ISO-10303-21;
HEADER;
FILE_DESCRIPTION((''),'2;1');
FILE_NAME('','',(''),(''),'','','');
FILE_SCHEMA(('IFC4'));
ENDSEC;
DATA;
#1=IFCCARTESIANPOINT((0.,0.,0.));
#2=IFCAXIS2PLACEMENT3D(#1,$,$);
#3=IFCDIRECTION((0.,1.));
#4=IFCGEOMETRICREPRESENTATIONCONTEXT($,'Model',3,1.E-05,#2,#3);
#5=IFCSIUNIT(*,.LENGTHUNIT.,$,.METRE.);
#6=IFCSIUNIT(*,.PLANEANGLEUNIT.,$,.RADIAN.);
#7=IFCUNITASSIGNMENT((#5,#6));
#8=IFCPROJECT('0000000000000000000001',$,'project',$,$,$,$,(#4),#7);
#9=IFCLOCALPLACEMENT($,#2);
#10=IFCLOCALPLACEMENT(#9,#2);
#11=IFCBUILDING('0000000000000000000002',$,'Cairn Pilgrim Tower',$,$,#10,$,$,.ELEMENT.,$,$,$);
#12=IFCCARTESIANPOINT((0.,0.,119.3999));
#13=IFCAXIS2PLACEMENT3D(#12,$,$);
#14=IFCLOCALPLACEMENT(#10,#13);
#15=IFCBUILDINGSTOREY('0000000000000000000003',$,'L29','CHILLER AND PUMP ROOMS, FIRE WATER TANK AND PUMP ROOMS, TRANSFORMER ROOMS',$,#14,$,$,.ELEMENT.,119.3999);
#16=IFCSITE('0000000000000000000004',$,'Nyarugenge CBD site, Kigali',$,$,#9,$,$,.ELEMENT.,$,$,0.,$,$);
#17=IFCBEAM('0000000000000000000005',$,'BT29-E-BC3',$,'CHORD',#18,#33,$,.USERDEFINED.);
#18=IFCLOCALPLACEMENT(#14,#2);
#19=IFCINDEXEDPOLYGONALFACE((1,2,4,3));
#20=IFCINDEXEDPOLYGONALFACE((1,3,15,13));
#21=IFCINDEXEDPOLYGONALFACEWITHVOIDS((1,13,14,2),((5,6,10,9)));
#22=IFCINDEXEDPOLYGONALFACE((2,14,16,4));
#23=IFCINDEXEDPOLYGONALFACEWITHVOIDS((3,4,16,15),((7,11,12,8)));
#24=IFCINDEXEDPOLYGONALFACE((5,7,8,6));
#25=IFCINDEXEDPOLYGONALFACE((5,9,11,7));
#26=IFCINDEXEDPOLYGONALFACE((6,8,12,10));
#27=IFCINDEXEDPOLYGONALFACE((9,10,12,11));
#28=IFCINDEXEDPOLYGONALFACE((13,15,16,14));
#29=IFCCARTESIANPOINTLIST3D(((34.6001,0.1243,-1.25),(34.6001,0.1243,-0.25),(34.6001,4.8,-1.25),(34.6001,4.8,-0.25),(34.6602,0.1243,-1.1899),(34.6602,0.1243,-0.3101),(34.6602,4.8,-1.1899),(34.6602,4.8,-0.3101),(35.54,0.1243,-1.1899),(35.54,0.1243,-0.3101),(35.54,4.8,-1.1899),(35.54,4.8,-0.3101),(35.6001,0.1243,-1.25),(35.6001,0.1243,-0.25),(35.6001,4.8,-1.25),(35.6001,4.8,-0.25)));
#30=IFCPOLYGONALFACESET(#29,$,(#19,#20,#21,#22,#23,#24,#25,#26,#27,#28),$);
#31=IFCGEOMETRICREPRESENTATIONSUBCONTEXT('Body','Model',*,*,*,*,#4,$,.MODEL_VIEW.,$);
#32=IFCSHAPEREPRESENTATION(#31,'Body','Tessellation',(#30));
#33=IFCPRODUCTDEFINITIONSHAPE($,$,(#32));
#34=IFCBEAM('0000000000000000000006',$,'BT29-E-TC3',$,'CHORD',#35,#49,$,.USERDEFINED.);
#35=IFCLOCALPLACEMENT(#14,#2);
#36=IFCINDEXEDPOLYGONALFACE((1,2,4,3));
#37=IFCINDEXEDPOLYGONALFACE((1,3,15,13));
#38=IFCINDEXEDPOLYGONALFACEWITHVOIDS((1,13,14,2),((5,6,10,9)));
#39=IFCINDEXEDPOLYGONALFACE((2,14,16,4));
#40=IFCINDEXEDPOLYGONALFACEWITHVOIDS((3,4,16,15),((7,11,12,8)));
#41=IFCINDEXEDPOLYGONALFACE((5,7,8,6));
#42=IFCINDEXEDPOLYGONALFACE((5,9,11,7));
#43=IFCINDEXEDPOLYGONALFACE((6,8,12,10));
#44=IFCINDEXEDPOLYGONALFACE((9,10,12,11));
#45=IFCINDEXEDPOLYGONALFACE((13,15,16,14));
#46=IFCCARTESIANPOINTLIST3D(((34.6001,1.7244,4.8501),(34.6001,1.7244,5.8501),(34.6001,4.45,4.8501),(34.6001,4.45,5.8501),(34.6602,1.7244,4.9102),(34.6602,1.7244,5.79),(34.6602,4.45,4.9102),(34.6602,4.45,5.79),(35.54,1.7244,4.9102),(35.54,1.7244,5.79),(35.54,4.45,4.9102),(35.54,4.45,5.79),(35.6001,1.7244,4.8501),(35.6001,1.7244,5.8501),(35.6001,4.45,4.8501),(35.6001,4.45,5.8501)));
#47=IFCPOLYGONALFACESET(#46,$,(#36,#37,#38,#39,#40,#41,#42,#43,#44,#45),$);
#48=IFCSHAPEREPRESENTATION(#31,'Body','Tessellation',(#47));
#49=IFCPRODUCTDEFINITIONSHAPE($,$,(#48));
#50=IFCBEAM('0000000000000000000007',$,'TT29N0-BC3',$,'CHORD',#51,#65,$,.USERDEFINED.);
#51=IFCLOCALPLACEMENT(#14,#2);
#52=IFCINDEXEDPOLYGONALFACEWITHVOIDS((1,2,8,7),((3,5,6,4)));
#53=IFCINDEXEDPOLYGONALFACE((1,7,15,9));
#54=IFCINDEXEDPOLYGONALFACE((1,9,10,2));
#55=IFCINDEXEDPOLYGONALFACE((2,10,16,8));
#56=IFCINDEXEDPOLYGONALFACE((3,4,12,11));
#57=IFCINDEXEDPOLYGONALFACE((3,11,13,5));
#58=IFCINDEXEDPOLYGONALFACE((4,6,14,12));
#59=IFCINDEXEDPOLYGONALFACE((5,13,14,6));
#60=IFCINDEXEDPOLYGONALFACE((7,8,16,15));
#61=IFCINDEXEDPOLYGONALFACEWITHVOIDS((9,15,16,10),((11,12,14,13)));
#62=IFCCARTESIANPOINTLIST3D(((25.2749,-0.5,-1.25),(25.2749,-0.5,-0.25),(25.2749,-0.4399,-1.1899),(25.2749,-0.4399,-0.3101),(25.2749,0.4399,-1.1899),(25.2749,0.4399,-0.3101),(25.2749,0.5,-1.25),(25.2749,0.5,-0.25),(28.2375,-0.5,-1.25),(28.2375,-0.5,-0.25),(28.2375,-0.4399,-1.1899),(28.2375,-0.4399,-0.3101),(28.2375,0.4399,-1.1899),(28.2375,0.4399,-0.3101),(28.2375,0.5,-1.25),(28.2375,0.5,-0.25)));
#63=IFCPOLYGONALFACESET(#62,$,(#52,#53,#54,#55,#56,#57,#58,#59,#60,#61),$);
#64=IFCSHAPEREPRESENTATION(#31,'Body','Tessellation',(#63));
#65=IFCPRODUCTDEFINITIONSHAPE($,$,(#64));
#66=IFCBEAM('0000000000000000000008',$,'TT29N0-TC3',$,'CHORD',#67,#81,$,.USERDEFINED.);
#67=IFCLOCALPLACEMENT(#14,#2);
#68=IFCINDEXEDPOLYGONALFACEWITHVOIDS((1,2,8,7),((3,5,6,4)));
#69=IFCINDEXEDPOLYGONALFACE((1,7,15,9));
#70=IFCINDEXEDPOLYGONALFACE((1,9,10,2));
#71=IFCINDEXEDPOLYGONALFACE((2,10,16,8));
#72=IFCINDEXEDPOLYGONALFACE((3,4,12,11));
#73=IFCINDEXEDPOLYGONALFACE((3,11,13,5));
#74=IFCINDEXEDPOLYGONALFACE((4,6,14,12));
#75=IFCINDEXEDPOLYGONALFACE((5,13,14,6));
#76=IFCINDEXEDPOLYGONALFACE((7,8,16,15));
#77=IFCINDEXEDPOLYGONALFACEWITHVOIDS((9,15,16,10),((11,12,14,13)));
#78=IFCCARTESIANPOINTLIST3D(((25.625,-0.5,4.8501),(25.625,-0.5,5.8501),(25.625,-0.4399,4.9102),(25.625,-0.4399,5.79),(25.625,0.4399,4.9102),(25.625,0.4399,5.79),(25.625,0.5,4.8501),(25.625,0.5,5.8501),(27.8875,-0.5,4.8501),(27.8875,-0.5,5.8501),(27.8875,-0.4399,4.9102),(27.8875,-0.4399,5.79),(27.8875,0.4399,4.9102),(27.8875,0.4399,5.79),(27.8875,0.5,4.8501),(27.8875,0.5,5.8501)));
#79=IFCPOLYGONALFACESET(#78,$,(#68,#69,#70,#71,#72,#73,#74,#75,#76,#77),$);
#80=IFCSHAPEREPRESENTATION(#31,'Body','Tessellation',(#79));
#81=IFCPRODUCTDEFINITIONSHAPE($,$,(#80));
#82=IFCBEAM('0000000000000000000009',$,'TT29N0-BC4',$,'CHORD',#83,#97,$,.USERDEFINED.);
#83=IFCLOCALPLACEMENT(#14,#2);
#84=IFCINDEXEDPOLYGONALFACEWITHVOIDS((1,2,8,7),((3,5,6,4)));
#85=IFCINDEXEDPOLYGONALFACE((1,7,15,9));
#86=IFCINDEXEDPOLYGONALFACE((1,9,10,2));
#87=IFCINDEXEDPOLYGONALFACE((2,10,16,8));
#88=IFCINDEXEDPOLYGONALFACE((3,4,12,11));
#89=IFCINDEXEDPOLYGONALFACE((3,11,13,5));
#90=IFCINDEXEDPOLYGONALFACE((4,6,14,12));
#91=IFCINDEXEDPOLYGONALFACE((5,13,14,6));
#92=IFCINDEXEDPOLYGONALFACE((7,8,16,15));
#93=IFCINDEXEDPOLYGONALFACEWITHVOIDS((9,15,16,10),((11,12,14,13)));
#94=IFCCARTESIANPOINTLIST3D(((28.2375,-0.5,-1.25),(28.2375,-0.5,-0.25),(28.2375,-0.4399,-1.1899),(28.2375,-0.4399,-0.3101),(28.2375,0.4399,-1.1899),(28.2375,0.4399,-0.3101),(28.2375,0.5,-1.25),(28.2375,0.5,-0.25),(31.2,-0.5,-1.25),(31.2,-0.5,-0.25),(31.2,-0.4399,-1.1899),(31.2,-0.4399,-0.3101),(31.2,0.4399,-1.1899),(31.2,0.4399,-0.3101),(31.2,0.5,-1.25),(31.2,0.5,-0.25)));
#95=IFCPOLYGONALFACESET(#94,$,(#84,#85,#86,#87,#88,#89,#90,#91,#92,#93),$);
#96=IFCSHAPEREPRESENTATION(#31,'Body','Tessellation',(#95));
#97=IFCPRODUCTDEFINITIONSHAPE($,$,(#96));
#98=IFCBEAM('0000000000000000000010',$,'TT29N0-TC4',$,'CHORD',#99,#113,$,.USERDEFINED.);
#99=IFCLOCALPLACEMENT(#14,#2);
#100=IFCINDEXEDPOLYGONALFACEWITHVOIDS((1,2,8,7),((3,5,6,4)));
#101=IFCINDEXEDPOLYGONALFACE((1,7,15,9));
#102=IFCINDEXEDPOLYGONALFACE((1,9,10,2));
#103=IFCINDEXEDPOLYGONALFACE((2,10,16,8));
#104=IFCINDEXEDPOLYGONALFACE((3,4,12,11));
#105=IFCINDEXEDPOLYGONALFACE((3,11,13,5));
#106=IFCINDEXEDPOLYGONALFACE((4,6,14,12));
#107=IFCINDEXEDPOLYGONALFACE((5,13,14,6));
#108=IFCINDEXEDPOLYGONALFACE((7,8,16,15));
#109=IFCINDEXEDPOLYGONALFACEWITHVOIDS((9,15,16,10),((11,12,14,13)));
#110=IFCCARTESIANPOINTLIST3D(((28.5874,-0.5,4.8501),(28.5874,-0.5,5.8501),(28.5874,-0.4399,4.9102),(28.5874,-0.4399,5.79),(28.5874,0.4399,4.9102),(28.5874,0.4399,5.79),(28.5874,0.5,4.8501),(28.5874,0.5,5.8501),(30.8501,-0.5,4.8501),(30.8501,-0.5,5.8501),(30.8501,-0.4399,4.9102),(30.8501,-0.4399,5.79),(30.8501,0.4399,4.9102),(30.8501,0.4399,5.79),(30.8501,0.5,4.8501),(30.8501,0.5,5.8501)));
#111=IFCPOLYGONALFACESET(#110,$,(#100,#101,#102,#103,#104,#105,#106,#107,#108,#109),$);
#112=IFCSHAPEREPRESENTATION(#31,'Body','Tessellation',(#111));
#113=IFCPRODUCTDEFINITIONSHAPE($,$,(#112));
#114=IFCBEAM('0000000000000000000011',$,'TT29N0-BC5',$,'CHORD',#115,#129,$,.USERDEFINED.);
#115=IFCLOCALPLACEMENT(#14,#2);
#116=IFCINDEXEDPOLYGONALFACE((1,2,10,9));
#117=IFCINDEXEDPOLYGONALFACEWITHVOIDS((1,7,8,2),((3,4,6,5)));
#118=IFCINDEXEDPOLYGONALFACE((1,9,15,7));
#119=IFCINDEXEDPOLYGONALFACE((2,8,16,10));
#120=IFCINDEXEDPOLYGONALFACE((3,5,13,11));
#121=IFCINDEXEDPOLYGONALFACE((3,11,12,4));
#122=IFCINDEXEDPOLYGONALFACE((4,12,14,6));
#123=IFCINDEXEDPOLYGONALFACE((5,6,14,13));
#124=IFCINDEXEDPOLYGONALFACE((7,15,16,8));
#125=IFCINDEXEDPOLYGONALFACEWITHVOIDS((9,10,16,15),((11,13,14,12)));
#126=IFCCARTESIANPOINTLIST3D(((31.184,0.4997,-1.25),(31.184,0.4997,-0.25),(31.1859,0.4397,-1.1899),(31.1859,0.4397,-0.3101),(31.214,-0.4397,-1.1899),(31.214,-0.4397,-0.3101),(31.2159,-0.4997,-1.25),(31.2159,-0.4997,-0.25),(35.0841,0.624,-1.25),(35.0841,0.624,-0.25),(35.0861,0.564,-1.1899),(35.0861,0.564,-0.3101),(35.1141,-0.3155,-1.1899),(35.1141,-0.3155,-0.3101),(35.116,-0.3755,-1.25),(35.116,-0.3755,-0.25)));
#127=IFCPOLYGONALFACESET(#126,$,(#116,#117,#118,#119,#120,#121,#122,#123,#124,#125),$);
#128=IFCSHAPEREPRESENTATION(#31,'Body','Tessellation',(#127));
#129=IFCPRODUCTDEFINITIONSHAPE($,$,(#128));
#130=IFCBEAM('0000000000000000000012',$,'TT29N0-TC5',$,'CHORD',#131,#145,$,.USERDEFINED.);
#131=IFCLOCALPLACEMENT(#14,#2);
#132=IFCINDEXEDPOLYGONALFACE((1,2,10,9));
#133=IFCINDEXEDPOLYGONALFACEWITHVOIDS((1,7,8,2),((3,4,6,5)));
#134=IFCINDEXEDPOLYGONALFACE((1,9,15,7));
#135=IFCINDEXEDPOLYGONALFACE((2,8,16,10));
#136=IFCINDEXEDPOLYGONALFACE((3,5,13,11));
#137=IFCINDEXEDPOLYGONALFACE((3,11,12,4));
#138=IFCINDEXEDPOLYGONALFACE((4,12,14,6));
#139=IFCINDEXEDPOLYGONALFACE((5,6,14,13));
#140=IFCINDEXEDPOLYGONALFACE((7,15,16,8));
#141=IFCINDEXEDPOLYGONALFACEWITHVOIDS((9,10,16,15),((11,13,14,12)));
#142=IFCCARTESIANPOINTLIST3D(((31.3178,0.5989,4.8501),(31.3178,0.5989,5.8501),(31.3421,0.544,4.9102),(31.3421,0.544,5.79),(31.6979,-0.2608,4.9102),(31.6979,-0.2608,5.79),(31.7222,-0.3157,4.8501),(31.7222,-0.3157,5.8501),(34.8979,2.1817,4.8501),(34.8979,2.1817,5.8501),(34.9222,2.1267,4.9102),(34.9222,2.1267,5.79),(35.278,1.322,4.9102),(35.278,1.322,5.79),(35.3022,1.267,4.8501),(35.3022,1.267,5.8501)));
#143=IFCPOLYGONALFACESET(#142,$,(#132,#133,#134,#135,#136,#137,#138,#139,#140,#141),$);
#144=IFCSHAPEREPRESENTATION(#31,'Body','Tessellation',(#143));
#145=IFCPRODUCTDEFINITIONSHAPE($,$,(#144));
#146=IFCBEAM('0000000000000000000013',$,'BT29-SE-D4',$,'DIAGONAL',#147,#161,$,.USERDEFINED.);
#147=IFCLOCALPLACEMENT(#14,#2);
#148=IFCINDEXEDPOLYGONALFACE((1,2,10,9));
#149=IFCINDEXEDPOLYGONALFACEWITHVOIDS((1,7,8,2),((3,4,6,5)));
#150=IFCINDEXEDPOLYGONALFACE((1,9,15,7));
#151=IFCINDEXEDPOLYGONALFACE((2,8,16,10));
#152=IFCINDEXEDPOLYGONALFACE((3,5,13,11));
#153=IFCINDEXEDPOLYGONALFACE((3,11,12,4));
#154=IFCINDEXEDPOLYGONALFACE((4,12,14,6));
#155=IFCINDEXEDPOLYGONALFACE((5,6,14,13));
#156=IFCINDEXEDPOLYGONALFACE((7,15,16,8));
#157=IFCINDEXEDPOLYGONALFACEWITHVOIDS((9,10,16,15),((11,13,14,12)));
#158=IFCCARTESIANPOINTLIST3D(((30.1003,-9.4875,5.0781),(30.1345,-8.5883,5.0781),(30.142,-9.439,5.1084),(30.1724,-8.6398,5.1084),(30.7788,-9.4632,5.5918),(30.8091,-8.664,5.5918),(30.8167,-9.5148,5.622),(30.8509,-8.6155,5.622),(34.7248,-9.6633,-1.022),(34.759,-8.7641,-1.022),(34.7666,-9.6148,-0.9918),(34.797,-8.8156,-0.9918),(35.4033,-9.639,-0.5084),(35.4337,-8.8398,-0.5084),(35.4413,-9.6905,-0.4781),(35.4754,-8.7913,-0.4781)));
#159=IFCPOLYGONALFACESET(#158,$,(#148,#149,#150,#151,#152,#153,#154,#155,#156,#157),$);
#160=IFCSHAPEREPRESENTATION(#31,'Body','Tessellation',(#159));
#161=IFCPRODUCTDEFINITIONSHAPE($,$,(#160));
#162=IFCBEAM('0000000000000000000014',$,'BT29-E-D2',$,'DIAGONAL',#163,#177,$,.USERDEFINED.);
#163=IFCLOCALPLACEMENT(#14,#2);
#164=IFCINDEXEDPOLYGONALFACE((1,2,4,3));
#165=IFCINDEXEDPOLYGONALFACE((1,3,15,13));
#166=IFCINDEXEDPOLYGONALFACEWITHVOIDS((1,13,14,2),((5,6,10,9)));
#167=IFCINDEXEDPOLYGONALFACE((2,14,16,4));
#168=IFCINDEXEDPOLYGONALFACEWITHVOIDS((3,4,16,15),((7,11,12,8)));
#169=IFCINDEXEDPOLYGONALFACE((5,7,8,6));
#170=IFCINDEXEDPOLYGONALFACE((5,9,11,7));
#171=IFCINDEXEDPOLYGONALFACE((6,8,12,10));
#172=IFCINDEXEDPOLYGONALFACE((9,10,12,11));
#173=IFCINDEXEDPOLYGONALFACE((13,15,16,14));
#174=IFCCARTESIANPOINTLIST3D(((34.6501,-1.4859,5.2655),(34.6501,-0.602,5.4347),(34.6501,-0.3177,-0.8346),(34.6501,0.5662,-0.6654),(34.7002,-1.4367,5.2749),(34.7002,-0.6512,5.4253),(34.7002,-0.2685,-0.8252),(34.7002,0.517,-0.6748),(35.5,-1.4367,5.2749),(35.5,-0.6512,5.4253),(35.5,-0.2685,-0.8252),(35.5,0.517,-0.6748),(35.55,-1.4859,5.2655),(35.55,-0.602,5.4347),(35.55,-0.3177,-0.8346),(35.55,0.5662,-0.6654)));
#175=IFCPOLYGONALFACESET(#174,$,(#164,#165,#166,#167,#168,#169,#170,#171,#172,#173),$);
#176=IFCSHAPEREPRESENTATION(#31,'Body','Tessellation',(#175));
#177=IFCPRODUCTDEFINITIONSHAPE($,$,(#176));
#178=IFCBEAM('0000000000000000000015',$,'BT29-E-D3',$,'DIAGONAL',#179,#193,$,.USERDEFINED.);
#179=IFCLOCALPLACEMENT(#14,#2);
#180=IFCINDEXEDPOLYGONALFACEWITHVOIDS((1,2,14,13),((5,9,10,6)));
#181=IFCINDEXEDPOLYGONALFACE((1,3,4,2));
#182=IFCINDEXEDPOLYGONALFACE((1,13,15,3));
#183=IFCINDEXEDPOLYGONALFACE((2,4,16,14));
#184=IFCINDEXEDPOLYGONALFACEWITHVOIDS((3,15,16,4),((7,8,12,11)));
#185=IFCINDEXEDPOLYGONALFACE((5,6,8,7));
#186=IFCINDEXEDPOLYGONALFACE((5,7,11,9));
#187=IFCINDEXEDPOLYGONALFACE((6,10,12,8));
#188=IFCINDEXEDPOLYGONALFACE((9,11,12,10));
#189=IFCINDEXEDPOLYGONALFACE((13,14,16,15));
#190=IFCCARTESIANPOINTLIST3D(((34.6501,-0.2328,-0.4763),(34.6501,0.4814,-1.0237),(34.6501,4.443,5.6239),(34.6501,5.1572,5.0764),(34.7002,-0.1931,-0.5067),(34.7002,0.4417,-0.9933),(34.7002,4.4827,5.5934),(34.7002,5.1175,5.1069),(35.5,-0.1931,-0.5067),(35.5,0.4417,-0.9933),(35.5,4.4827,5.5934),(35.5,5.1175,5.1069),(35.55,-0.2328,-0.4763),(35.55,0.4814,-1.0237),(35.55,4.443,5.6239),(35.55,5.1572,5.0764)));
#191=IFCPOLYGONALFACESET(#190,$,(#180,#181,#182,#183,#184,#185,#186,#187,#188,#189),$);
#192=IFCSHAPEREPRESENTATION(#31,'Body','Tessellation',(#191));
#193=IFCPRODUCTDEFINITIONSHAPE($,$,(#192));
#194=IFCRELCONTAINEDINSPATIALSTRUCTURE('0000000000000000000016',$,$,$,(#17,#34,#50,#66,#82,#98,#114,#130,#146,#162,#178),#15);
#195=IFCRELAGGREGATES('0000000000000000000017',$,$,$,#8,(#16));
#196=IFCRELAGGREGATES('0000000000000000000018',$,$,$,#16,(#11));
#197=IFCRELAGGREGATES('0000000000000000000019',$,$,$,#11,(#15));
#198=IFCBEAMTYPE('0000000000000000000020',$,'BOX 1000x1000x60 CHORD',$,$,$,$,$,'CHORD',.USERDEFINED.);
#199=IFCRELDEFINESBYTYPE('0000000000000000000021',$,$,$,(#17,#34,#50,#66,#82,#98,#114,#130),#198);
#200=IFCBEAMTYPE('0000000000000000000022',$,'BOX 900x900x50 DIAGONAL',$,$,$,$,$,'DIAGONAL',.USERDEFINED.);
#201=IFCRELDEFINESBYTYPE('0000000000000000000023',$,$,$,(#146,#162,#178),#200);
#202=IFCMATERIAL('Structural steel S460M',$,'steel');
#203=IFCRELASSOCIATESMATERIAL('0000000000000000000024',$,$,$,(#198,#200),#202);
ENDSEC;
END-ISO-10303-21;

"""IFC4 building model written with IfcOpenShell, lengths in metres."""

from ifc_helpers import new_model, si_unit, direction, frame, origin, origin_2d, place, context, subcontext, project, spatial, hollow_rectangle, extrude, material, material_profile, profile_set, type_object, element, save


model = new_model("IFC4")

# Units and contexts
model_context = context("Model", 3, precision=1e-05, world=origin(), true_north=direction((0.0, 1.0)))
body_context = subcontext(model_context, "Body", "Model", "MODEL_VIEW")
ifc_project = project(units=[si_unit("LENGTHUNIT", "METRE"), si_unit("PLANEANGLEUNIT", "RADIAN")], contexts=[model_context])

# Site, building, storey
site_placement = place(None, origin())
site = spatial("IfcSite", under=ifc_project, at=site_placement, Name="Nyarugenge CBD site, Kigali", CompositionType="ELEMENT", RefElevation=0.0)
building_placement = place(site_placement, origin())
building = spatial("IfcBuilding", under=site, at=building_placement, Name="Cairn Pilgrim Tower", CompositionType="ELEMENT")
storey_placement = place(building_placement, frame((0.0, 0.0, 119.3999)))
storey = spatial("IfcBuildingStorey", under=building, at=storey_placement, Name="L29", Description="CHILLER AND PUMP ROOMS, FIRE WATER TANK AND PUMP ROOMS, TRANSFORMER ROOMS", CompositionType="ELEMENT", Elevation=119.3999)

# Shared definitions
ifc_material_1 = material(Name="Structural steel S460M", Category="steel")

# Beams
ifc_material_profile_1 = material_profile(ifc_material_1, hollow_rectangle(XDim=1.0, YDim=1.0, WallThickness=0.0601, at=origin_2d()), Name="BOX 1000x1000x60")
ifc_profile_set_1 = profile_set([ifc_material_profile_1], Name="Structural steel S460M")
beam_type_1 = type_object("IfcBeamType", Name="BOX 1000x1000x60 CHORD", ElementType="CHORD", PredefinedType="USERDEFINED", material=ifc_profile_set_1)
beam_1_placement = place(storey_placement, frame((35.1001, 0.1243, -0.75), z_axis=(0.0, 1.0, 0.0), x_axis=(-1.0, 0.0, 0.0)))
element("IfcBeam", 1, at=beam_1_placement, inside=storey, type_object=beam_type_1, Name="BT29-E-BC3", ObjectType="CHORD", PredefinedType="USERDEFINED", context=body_context, shape_type="SweptSolid", body=[
    extrude(hollow_rectangle(XDim=1.0, YDim=1.0, WallThickness=0.0601, at=origin_2d()), origin(), (0.0, 0.0, 1.0), 4.6758),
])
beam_2_placement = place(storey_placement, frame((35.1001, 1.7244, 5.3501), z_axis=(0.0, 1.0, 0.0), x_axis=(-1.0, 0.0, 0.0)))
element("IfcBeam", 2, at=beam_2_placement, inside=storey, type_object=beam_type_1, Name="BT29-E-TC3", ObjectType="CHORD", PredefinedType="USERDEFINED", context=body_context, shape_type="SweptSolid", body=[
    extrude(hollow_rectangle(XDim=1.0, YDim=1.0, WallThickness=0.0601, at=origin_2d()), origin(), (0.0, 0.0, 1.0), 2.7256),
])
beam_3_placement = place(storey_placement, frame((25.2749, 0.0, -0.75), z_axis=(1.0, 0.0, 0.0), x_axis=(0.0, 1.0, 0.0)))
element("IfcBeam", 3, at=beam_3_placement, inside=storey, type_object=beam_type_1, Name="TT29N0-BC3", ObjectType="CHORD", PredefinedType="USERDEFINED", context=body_context, shape_type="SweptSolid", body=[
    extrude(hollow_rectangle(XDim=1.0, YDim=1.0, WallThickness=0.0601, at=origin_2d()), origin(), (0.0, 0.0, 1.0), 2.9626),
])
beam_4_placement = place(storey_placement, frame((25.625, 0.0, 5.3501), z_axis=(1.0, 0.0, 0.0), x_axis=(0.0, 1.0, 0.0)))
element("IfcBeam", 4, at=beam_4_placement, inside=storey, type_object=beam_type_1, Name="TT29N0-TC3", ObjectType="CHORD", PredefinedType="USERDEFINED", context=body_context, shape_type="SweptSolid", body=[
    extrude(hollow_rectangle(XDim=1.0, YDim=1.0, WallThickness=0.0601, at=origin_2d()), origin(), (0.0, 0.0, 1.0), 2.2625),
])
beam_5_placement = place(storey_placement, frame((28.2375, 0.0, -0.75), z_axis=(1.0, 0.0, 0.0), x_axis=(0.0, 1.0, 0.0)))
element("IfcBeam", 5, at=beam_5_placement, inside=storey, type_object=beam_type_1, Name="TT29N0-BC4", ObjectType="CHORD", PredefinedType="USERDEFINED", context=body_context, shape_type="SweptSolid", body=[
    extrude(hollow_rectangle(XDim=1.0, YDim=1.0, WallThickness=0.0601, at=origin_2d()), origin(), (0.0, 0.0, 1.0), 2.9624),
])
beam_6_placement = place(storey_placement, frame((28.5874, 0.0, 5.3501), z_axis=(1.0, 0.0, 0.0), x_axis=(0.0, 1.0, 0.0)))
element("IfcBeam", 6, at=beam_6_placement, inside=storey, type_object=beam_type_1, Name="TT29N0-TC4", ObjectType="CHORD", PredefinedType="USERDEFINED", context=body_context, shape_type="SweptSolid", body=[
    extrude(hollow_rectangle(XDim=1.0, YDim=1.0, WallThickness=0.0601, at=origin_2d()), origin(), (0.0, 0.0, 1.0), 2.2627),
])
beam_7_placement = place(storey_placement, frame((31.2, 0.0, -0.75), z_axis=(0.999493, 0.031846, 0.0), x_axis=(-0.031846, 0.999493, 0.0)))
element("IfcBeam", 7, at=beam_7_placement, inside=storey, type_object=beam_type_1, Name="TT29N0-BC5", ObjectType="CHORD", PredefinedType="USERDEFINED", context=body_context, shape_type="SweptSolid", body=[
    extrude(hollow_rectangle(XDim=1.0, YDim=1.0, WallThickness=0.0601, at=origin_2d()), origin(), (0.0, 0.0, 1.0), 3.9021),
])
beam_8_placement = place(storey_placement, frame((31.52, 0.1416, 5.3501), z_axis=(0.914605, 0.40435, 0.0), x_axis=(-0.40435, 0.914605, 0.0)))
element("IfcBeam", 8, at=beam_8_placement, inside=storey, type_object=beam_type_1, Name="TT29N0-TC5", ObjectType="CHORD", PredefinedType="USERDEFINED", context=body_context, shape_type="SweptSolid", body=[
    extrude(hollow_rectangle(XDim=1.0, YDim=1.0, WallThickness=0.0601, at=origin_2d()), origin(), (0.0, 0.0, 1.0), 3.9143),
])
ifc_material_profile_2 = material_profile(ifc_material_1, hollow_rectangle(XDim=0.8999, YDim=0.8999, WallThickness=0.05, at=origin_2d()), Name="BOX 900x900x50")
ifc_profile_set_2 = profile_set([ifc_material_profile_2], Name="Structural steel S460M")
beam_type_2 = type_object("IfcBeamType", Name="BOX 900x900x50 DIAGONAL", ElementType="DIAGONAL", PredefinedType="USERDEFINED", material=ifc_profile_set_2)
beam_9_placement = place(storey_placement, frame((30.4756, -9.0515, 5.3501), z_axis=(0.603966, -0.022957, -0.796679), x_axis=(0.037983, 0.999278, 0.0)))
element("IfcBeam", 9, at=beam_9_placement, inside=storey, type_object=beam_type_2, Name="BT29-SE-D4", ObjectType="DIAGONAL", PredefinedType="USERDEFINED", context=body_context, shape_type="SweptSolid", body=[
    extrude(hollow_rectangle(XDim=0.8999, YDim=0.8999, WallThickness=0.05, at=origin_2d()), origin(), (0.0, 0.0, 1.0), 7.657),
])
beam_10_placement = place(storey_placement, frame((35.1001, -1.0439, 5.3501), z_axis=(0.0, 0.188089, -0.982152), x_axis=(-1.0, 0.0, 0.0)))
element("IfcBeam", 10, at=beam_10_placement, inside=storey, type_object=beam_type_2, Name="BT29-E-D2", ObjectType="DIAGONAL", PredefinedType="USERDEFINED", context=body_context, shape_type="SweptSolid", body=[
    extrude(hollow_rectangle(XDim=0.8999, YDim=0.8999, WallThickness=0.05, at=origin_2d()), origin(), (0.0, 0.0, 1.0), 6.2109),
])
beam_11_placement = place(storey_placement, frame((35.1001, 0.1243, -0.75), z_axis=(0.0, 0.608353, 0.793667), x_axis=(-1.0, 0.0, 0.0)))
element("IfcBeam", 11, at=beam_11_placement, inside=storey, type_object=beam_type_2, Name="BT29-E-D3", ObjectType="DIAGONAL", PredefinedType="USERDEFINED", context=body_context, shape_type="SweptSolid", body=[
    extrude(hollow_rectangle(XDim=0.8999, YDim=0.8999, WallThickness=0.05, at=origin_2d()), origin(), (0.0, 0.0, 1.0), 7.686),
])

save(model, "model.ifc")
